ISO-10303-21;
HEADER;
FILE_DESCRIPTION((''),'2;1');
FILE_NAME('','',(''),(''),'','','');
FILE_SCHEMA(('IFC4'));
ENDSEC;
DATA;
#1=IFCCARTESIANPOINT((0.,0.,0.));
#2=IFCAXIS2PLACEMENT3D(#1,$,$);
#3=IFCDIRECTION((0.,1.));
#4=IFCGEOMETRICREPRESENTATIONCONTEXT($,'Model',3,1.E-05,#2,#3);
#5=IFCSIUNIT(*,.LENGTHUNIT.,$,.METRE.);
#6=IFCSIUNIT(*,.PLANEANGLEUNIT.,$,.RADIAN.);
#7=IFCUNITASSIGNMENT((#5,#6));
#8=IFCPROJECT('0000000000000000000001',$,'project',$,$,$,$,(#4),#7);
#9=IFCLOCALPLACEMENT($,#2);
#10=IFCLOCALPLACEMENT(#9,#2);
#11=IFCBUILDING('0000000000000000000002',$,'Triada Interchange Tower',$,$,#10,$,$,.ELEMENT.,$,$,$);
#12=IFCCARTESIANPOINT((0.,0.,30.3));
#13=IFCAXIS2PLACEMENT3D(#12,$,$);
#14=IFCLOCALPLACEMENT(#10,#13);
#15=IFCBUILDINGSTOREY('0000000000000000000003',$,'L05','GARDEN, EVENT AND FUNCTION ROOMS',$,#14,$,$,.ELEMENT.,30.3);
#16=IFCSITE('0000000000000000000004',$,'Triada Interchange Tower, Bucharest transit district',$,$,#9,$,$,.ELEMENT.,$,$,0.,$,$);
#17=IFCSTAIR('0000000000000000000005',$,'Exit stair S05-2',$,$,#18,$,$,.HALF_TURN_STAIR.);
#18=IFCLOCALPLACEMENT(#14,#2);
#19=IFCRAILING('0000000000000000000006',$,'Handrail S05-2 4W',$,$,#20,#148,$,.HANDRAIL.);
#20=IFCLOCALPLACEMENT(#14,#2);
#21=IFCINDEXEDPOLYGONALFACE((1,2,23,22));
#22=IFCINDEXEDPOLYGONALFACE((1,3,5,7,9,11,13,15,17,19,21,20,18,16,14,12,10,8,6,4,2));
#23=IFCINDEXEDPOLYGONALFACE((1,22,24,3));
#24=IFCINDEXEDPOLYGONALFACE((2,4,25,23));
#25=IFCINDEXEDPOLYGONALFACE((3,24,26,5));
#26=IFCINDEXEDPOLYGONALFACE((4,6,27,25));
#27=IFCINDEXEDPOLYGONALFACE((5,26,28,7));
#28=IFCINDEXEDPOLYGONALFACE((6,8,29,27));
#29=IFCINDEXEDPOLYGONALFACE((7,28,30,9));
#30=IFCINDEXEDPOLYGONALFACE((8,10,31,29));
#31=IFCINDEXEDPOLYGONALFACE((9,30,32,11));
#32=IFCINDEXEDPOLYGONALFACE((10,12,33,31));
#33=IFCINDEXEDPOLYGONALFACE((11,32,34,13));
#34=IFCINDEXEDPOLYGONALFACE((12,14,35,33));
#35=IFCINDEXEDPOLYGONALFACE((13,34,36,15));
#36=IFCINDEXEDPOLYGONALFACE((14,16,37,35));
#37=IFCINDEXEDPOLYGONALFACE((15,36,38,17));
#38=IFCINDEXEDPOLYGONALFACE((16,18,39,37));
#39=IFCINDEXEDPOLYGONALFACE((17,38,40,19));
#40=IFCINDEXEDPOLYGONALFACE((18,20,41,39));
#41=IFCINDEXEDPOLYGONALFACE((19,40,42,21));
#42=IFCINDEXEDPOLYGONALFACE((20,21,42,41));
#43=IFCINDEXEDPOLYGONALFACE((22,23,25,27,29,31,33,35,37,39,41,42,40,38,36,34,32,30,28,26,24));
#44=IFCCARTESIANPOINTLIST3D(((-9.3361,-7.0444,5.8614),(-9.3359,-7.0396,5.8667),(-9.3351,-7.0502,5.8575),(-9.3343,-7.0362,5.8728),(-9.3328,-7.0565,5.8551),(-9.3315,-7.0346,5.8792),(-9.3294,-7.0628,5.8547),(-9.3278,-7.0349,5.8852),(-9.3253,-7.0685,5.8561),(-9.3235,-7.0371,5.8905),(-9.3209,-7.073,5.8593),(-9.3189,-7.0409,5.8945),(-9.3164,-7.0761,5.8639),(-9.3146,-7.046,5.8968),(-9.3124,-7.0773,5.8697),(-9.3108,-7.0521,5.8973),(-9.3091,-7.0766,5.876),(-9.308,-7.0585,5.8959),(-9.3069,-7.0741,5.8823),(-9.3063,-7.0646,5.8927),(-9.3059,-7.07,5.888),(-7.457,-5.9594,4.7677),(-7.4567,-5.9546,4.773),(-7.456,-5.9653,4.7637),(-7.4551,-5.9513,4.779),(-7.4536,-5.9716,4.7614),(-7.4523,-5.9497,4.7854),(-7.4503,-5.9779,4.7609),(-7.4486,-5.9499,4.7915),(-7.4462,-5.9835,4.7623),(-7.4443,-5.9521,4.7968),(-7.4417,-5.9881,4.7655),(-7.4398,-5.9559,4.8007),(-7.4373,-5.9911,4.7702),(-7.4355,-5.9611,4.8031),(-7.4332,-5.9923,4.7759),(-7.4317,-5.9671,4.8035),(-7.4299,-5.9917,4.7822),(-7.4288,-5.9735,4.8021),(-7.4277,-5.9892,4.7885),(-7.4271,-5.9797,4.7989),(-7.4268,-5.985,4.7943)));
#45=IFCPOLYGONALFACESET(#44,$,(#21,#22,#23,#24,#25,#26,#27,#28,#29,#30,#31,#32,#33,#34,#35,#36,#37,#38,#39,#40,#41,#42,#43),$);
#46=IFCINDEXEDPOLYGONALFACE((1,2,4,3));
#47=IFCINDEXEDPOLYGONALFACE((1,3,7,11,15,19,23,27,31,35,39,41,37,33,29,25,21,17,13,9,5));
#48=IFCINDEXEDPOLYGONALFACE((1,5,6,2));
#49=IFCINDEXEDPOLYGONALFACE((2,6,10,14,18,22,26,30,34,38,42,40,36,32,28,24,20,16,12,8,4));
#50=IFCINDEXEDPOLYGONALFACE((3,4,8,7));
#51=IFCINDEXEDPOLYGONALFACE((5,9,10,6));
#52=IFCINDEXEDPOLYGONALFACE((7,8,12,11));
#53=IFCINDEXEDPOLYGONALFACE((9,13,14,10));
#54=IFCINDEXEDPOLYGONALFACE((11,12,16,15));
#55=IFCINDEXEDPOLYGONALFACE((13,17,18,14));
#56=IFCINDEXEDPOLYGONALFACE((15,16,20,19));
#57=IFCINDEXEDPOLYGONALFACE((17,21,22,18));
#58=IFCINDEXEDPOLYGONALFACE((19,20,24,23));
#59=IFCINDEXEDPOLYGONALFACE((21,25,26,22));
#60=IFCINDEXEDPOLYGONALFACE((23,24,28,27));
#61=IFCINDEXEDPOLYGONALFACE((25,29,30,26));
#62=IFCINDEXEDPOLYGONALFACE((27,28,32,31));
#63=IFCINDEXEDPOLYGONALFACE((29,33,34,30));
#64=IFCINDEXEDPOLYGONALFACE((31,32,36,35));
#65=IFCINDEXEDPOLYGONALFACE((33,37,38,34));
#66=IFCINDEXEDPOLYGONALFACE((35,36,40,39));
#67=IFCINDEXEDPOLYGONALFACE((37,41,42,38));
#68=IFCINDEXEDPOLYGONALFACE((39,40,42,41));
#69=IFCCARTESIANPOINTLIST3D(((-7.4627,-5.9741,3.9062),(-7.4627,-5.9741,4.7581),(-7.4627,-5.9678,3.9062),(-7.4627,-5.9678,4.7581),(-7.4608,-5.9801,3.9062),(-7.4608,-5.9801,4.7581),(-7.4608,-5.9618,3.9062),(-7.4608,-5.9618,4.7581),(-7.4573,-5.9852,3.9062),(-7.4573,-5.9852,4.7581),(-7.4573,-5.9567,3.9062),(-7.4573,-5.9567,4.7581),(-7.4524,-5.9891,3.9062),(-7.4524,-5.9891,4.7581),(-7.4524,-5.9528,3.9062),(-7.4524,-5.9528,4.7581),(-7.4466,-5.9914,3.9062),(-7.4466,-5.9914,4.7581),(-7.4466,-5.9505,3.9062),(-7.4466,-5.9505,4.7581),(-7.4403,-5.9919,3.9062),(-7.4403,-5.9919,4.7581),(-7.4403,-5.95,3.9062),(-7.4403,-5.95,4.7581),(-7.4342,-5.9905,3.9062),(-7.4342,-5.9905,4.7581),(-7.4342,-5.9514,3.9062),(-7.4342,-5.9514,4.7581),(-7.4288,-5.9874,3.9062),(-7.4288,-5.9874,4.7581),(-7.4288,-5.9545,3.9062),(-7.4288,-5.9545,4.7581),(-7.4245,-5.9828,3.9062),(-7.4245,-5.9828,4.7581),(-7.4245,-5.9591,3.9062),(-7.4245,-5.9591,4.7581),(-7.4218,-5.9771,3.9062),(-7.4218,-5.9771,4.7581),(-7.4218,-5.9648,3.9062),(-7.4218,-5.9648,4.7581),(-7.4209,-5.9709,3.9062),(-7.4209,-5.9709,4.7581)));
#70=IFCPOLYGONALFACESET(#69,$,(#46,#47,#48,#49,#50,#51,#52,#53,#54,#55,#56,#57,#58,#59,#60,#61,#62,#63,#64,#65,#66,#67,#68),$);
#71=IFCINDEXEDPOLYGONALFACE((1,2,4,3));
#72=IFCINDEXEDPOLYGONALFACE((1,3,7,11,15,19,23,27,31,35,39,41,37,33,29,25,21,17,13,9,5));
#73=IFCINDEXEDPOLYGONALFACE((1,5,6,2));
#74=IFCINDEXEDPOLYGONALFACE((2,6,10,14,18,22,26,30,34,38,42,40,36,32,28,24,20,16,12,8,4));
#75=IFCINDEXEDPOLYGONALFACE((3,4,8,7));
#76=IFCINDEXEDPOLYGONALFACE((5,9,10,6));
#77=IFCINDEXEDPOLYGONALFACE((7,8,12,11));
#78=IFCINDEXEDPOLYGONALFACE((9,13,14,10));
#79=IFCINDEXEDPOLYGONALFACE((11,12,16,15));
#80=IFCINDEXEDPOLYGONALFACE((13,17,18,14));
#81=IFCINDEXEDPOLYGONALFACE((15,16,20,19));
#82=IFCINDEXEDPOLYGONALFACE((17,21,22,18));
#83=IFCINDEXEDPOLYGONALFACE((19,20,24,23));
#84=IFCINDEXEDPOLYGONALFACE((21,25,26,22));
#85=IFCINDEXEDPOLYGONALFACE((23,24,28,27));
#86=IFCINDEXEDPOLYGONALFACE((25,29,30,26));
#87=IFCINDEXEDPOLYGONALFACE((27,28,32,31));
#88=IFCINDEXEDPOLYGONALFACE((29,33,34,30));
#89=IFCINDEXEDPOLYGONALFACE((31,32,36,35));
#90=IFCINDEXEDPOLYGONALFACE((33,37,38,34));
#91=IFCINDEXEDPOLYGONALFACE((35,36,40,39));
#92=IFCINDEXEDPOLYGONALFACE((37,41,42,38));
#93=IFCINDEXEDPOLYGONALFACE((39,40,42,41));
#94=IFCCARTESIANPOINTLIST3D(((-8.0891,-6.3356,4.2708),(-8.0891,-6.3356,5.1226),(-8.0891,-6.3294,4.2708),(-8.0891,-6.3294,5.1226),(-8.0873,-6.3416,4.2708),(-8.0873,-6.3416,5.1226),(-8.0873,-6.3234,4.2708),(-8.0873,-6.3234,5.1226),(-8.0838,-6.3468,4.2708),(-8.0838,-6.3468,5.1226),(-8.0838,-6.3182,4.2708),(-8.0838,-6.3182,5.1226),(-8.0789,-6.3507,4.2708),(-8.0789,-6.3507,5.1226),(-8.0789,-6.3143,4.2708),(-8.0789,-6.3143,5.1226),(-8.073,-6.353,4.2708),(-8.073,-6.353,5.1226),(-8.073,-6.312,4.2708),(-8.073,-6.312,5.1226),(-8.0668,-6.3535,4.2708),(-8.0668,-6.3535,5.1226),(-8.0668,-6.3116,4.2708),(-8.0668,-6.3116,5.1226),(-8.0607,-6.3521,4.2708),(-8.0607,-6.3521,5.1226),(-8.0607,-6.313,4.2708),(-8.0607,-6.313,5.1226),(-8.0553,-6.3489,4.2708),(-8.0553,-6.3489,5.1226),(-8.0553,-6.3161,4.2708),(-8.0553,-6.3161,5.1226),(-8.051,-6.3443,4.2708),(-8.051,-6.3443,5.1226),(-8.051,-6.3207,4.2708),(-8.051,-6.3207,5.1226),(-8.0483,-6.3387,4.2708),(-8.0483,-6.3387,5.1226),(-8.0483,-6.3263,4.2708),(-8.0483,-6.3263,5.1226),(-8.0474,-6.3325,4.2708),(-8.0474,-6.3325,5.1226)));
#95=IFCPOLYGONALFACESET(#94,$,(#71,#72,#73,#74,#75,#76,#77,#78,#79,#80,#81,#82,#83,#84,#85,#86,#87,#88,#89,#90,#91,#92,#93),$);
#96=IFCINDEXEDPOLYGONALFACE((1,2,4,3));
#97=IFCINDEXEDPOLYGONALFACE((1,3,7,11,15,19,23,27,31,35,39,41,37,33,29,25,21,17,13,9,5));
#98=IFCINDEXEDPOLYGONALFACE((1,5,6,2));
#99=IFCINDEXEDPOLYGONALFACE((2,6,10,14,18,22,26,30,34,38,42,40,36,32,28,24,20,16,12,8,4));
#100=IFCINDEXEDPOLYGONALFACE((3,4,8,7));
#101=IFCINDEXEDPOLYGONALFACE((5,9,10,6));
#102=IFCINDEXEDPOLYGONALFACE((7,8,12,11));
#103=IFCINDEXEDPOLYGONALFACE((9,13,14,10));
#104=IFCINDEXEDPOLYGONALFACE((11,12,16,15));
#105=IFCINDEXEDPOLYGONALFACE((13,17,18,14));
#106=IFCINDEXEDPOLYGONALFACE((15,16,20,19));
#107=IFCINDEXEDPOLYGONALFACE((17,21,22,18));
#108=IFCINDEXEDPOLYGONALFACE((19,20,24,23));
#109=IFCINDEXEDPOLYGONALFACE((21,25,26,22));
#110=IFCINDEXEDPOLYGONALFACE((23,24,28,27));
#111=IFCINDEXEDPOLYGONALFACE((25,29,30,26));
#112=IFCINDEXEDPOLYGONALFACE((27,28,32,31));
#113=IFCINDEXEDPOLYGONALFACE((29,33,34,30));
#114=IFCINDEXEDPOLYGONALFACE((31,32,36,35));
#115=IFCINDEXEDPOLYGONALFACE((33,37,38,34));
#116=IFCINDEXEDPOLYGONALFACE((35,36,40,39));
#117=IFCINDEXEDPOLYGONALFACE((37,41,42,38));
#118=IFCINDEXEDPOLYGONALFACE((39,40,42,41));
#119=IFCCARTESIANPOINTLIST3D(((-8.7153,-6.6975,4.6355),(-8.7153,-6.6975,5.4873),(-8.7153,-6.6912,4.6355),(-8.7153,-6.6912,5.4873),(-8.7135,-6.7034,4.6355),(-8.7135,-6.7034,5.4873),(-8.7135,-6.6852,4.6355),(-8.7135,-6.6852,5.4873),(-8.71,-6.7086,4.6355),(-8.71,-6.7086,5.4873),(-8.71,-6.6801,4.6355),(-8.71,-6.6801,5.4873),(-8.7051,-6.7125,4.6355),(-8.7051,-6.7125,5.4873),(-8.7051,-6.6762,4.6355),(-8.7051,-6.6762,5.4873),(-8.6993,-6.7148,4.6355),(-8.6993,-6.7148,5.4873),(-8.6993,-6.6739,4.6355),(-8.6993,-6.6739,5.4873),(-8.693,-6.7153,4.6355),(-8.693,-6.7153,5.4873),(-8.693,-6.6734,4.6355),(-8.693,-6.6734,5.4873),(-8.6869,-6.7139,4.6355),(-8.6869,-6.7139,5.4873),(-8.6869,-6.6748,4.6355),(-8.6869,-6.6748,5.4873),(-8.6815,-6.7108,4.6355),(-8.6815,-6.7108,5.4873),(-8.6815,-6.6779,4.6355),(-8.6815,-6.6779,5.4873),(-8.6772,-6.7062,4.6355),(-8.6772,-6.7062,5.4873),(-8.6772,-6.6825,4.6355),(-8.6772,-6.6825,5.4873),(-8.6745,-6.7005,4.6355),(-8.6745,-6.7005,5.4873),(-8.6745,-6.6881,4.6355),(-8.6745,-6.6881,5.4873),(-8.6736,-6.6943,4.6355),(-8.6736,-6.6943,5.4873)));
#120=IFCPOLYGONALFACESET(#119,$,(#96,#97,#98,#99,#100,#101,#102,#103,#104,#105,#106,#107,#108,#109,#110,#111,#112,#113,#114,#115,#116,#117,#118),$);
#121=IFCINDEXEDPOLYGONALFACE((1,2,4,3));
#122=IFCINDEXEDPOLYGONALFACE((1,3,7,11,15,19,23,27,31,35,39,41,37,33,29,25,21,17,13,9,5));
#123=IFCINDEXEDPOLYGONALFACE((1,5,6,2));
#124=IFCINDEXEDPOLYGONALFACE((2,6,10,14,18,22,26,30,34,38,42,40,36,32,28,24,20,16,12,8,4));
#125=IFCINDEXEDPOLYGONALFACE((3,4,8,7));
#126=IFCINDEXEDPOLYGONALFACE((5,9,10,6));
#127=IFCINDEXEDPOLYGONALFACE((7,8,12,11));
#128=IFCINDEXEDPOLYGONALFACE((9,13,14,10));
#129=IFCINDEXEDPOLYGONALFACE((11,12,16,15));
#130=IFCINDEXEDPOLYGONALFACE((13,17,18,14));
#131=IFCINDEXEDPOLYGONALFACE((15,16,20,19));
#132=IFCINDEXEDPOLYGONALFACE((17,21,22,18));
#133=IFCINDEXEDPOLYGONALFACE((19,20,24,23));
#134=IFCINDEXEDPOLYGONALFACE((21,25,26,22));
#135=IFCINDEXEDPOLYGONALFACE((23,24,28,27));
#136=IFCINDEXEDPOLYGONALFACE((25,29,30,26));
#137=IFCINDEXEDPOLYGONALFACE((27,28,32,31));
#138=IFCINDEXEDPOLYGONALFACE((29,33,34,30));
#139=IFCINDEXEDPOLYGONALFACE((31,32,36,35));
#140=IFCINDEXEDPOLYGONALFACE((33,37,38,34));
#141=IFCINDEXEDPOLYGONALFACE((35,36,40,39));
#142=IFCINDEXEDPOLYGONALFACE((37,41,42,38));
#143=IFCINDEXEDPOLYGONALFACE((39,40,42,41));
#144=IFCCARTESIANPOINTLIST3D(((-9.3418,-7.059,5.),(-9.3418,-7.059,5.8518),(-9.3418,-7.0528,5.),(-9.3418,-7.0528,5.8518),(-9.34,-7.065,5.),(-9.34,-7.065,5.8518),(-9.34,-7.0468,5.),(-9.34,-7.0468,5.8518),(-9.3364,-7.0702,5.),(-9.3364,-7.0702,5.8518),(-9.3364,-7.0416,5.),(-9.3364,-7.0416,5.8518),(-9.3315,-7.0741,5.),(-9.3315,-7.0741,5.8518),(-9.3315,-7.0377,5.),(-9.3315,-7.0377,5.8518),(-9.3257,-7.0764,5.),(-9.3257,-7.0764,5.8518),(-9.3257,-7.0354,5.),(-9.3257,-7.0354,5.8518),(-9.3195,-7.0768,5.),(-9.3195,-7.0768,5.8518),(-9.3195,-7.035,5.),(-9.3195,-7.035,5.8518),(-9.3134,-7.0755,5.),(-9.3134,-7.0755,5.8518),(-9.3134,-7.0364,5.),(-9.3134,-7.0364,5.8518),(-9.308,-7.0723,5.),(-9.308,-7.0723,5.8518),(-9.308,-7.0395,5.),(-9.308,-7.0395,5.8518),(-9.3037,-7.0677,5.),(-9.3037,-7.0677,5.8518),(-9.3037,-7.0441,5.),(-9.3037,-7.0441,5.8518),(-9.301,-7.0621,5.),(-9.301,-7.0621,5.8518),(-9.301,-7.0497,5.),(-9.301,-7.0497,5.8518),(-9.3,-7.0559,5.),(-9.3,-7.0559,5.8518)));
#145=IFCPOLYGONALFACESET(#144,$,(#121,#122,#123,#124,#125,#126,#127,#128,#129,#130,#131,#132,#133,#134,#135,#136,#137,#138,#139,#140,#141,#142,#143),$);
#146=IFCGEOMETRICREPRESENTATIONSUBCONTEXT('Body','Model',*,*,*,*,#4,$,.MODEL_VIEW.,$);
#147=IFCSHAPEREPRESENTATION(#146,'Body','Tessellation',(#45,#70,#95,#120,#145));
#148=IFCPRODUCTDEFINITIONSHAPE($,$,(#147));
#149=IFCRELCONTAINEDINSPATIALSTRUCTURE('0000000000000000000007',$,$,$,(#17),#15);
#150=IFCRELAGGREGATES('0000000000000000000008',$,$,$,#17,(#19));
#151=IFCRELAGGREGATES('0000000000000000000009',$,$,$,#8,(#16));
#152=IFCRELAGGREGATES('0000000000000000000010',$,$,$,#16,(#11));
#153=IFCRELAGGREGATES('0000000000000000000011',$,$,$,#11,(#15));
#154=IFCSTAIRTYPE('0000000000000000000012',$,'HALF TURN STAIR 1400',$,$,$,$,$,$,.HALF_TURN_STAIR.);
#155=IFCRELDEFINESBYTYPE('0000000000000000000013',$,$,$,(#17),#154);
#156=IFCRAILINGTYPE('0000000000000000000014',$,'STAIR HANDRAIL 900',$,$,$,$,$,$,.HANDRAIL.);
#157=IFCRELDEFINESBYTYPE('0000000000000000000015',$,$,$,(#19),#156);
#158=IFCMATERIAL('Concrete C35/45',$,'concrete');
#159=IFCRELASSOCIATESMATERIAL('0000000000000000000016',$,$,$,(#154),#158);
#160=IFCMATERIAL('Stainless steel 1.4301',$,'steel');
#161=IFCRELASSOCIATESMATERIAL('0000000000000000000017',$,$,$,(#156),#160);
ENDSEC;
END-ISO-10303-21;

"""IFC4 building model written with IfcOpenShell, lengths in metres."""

from ifc_helpers import new_model, si_unit, direction, frame, origin, origin_2d, place, context, subcontext, project, spatial, circle, extrude, material, type_object, element, aggregate, save


model = new_model("IFC4")

# Units and contexts
model_context = context("Model", 3, precision=1e-05, world=origin(), true_north=direction((0.0, 1.0)))
body_context = subcontext(model_context, "Body", "Model", "MODEL_VIEW")
ifc_project = project(units=[si_unit("LENGTHUNIT", "METRE"), si_unit("PLANEANGLEUNIT", "RADIAN")], contexts=[model_context])

# Site, building, storey
site_placement = place(None, origin())
site = spatial("IfcSite", under=ifc_project, at=site_placement, Name="Triada Interchange Tower, Bucharest transit district", CompositionType="ELEMENT", RefElevation=0.0)
building_placement = place(site_placement, origin())
building = spatial("IfcBuilding", under=site, at=building_placement, Name="Triada Interchange Tower", CompositionType="ELEMENT")
storey_placement = place(building_placement, frame((0.0, 0.0, 30.3)))
storey = spatial("IfcBuildingStorey", under=building, at=storey_placement, Name="L05", Description="GARDEN, EVENT AND FUNCTION ROOMS", CompositionType="ELEMENT", Elevation=30.3)

# Stair, railing
ifc_material_1 = material(Name="Concrete C35/45", Category="concrete")
stair_type = type_object("IfcStairType", Name="HALF TURN STAIR 1400", PredefinedType="HALF_TURN_STAIR", material=ifc_material_1)
stair_placement = place(storey_placement, origin())
stair = element("IfcStair", 1, at=stair_placement, inside=storey, type_object=stair_type, Name="Exit stair S05-2", PredefinedType="HALF_TURN_STAIR")
ifc_material_2 = material(Name="Stainless steel 1.4301", Category="steel")
railing_type = type_object("IfcRailingType", Name="STAIR HANDRAIL 900", PredefinedType="HANDRAIL", material=ifc_material_2)
railing_1_placement = place(storey_placement, frame((-7.4419, -5.9709, 3.9062)))
railing_1 = element("IfcRailing", 2, at=railing_1_placement, type_object=railing_type, Name="Handrail S05-2 4W", PredefinedType="HANDRAIL", context=body_context, shape_type="SweptSolid", body=[
    extrude(circle(Radius=0.0239, at=origin_2d()), frame((0.0, 0.0, 0.876), z_axis=(-0.77333, -0.446496, 0.450113), x_axis=(0.500011, -0.866019, 0.0)), (0.0, 0.0, 1.0), 2.4299),
    extrude(circle(Radius=0.021, at=origin_2d()), origin(), (0.0, 0.0, 1.0), 0.8518),
    extrude(circle(Radius=0.021, at=origin_2d()), frame((-0.6265, -0.3616, 0.3645)), (0.0, 0.0, 1.0), 0.8518),
    extrude(circle(Radius=0.021, at=origin_2d()), frame((-1.2527, -0.7234, 0.7292)), (0.0, 0.0, 1.0), 0.8518),
    extrude(circle(Radius=0.021, at=origin_2d()), frame((-1.8792, -1.085, 1.0938)), (0.0, 0.0, 1.0), 0.8518),
])
aggregate(stair, [railing_1])

save(model, "model.ifc")
